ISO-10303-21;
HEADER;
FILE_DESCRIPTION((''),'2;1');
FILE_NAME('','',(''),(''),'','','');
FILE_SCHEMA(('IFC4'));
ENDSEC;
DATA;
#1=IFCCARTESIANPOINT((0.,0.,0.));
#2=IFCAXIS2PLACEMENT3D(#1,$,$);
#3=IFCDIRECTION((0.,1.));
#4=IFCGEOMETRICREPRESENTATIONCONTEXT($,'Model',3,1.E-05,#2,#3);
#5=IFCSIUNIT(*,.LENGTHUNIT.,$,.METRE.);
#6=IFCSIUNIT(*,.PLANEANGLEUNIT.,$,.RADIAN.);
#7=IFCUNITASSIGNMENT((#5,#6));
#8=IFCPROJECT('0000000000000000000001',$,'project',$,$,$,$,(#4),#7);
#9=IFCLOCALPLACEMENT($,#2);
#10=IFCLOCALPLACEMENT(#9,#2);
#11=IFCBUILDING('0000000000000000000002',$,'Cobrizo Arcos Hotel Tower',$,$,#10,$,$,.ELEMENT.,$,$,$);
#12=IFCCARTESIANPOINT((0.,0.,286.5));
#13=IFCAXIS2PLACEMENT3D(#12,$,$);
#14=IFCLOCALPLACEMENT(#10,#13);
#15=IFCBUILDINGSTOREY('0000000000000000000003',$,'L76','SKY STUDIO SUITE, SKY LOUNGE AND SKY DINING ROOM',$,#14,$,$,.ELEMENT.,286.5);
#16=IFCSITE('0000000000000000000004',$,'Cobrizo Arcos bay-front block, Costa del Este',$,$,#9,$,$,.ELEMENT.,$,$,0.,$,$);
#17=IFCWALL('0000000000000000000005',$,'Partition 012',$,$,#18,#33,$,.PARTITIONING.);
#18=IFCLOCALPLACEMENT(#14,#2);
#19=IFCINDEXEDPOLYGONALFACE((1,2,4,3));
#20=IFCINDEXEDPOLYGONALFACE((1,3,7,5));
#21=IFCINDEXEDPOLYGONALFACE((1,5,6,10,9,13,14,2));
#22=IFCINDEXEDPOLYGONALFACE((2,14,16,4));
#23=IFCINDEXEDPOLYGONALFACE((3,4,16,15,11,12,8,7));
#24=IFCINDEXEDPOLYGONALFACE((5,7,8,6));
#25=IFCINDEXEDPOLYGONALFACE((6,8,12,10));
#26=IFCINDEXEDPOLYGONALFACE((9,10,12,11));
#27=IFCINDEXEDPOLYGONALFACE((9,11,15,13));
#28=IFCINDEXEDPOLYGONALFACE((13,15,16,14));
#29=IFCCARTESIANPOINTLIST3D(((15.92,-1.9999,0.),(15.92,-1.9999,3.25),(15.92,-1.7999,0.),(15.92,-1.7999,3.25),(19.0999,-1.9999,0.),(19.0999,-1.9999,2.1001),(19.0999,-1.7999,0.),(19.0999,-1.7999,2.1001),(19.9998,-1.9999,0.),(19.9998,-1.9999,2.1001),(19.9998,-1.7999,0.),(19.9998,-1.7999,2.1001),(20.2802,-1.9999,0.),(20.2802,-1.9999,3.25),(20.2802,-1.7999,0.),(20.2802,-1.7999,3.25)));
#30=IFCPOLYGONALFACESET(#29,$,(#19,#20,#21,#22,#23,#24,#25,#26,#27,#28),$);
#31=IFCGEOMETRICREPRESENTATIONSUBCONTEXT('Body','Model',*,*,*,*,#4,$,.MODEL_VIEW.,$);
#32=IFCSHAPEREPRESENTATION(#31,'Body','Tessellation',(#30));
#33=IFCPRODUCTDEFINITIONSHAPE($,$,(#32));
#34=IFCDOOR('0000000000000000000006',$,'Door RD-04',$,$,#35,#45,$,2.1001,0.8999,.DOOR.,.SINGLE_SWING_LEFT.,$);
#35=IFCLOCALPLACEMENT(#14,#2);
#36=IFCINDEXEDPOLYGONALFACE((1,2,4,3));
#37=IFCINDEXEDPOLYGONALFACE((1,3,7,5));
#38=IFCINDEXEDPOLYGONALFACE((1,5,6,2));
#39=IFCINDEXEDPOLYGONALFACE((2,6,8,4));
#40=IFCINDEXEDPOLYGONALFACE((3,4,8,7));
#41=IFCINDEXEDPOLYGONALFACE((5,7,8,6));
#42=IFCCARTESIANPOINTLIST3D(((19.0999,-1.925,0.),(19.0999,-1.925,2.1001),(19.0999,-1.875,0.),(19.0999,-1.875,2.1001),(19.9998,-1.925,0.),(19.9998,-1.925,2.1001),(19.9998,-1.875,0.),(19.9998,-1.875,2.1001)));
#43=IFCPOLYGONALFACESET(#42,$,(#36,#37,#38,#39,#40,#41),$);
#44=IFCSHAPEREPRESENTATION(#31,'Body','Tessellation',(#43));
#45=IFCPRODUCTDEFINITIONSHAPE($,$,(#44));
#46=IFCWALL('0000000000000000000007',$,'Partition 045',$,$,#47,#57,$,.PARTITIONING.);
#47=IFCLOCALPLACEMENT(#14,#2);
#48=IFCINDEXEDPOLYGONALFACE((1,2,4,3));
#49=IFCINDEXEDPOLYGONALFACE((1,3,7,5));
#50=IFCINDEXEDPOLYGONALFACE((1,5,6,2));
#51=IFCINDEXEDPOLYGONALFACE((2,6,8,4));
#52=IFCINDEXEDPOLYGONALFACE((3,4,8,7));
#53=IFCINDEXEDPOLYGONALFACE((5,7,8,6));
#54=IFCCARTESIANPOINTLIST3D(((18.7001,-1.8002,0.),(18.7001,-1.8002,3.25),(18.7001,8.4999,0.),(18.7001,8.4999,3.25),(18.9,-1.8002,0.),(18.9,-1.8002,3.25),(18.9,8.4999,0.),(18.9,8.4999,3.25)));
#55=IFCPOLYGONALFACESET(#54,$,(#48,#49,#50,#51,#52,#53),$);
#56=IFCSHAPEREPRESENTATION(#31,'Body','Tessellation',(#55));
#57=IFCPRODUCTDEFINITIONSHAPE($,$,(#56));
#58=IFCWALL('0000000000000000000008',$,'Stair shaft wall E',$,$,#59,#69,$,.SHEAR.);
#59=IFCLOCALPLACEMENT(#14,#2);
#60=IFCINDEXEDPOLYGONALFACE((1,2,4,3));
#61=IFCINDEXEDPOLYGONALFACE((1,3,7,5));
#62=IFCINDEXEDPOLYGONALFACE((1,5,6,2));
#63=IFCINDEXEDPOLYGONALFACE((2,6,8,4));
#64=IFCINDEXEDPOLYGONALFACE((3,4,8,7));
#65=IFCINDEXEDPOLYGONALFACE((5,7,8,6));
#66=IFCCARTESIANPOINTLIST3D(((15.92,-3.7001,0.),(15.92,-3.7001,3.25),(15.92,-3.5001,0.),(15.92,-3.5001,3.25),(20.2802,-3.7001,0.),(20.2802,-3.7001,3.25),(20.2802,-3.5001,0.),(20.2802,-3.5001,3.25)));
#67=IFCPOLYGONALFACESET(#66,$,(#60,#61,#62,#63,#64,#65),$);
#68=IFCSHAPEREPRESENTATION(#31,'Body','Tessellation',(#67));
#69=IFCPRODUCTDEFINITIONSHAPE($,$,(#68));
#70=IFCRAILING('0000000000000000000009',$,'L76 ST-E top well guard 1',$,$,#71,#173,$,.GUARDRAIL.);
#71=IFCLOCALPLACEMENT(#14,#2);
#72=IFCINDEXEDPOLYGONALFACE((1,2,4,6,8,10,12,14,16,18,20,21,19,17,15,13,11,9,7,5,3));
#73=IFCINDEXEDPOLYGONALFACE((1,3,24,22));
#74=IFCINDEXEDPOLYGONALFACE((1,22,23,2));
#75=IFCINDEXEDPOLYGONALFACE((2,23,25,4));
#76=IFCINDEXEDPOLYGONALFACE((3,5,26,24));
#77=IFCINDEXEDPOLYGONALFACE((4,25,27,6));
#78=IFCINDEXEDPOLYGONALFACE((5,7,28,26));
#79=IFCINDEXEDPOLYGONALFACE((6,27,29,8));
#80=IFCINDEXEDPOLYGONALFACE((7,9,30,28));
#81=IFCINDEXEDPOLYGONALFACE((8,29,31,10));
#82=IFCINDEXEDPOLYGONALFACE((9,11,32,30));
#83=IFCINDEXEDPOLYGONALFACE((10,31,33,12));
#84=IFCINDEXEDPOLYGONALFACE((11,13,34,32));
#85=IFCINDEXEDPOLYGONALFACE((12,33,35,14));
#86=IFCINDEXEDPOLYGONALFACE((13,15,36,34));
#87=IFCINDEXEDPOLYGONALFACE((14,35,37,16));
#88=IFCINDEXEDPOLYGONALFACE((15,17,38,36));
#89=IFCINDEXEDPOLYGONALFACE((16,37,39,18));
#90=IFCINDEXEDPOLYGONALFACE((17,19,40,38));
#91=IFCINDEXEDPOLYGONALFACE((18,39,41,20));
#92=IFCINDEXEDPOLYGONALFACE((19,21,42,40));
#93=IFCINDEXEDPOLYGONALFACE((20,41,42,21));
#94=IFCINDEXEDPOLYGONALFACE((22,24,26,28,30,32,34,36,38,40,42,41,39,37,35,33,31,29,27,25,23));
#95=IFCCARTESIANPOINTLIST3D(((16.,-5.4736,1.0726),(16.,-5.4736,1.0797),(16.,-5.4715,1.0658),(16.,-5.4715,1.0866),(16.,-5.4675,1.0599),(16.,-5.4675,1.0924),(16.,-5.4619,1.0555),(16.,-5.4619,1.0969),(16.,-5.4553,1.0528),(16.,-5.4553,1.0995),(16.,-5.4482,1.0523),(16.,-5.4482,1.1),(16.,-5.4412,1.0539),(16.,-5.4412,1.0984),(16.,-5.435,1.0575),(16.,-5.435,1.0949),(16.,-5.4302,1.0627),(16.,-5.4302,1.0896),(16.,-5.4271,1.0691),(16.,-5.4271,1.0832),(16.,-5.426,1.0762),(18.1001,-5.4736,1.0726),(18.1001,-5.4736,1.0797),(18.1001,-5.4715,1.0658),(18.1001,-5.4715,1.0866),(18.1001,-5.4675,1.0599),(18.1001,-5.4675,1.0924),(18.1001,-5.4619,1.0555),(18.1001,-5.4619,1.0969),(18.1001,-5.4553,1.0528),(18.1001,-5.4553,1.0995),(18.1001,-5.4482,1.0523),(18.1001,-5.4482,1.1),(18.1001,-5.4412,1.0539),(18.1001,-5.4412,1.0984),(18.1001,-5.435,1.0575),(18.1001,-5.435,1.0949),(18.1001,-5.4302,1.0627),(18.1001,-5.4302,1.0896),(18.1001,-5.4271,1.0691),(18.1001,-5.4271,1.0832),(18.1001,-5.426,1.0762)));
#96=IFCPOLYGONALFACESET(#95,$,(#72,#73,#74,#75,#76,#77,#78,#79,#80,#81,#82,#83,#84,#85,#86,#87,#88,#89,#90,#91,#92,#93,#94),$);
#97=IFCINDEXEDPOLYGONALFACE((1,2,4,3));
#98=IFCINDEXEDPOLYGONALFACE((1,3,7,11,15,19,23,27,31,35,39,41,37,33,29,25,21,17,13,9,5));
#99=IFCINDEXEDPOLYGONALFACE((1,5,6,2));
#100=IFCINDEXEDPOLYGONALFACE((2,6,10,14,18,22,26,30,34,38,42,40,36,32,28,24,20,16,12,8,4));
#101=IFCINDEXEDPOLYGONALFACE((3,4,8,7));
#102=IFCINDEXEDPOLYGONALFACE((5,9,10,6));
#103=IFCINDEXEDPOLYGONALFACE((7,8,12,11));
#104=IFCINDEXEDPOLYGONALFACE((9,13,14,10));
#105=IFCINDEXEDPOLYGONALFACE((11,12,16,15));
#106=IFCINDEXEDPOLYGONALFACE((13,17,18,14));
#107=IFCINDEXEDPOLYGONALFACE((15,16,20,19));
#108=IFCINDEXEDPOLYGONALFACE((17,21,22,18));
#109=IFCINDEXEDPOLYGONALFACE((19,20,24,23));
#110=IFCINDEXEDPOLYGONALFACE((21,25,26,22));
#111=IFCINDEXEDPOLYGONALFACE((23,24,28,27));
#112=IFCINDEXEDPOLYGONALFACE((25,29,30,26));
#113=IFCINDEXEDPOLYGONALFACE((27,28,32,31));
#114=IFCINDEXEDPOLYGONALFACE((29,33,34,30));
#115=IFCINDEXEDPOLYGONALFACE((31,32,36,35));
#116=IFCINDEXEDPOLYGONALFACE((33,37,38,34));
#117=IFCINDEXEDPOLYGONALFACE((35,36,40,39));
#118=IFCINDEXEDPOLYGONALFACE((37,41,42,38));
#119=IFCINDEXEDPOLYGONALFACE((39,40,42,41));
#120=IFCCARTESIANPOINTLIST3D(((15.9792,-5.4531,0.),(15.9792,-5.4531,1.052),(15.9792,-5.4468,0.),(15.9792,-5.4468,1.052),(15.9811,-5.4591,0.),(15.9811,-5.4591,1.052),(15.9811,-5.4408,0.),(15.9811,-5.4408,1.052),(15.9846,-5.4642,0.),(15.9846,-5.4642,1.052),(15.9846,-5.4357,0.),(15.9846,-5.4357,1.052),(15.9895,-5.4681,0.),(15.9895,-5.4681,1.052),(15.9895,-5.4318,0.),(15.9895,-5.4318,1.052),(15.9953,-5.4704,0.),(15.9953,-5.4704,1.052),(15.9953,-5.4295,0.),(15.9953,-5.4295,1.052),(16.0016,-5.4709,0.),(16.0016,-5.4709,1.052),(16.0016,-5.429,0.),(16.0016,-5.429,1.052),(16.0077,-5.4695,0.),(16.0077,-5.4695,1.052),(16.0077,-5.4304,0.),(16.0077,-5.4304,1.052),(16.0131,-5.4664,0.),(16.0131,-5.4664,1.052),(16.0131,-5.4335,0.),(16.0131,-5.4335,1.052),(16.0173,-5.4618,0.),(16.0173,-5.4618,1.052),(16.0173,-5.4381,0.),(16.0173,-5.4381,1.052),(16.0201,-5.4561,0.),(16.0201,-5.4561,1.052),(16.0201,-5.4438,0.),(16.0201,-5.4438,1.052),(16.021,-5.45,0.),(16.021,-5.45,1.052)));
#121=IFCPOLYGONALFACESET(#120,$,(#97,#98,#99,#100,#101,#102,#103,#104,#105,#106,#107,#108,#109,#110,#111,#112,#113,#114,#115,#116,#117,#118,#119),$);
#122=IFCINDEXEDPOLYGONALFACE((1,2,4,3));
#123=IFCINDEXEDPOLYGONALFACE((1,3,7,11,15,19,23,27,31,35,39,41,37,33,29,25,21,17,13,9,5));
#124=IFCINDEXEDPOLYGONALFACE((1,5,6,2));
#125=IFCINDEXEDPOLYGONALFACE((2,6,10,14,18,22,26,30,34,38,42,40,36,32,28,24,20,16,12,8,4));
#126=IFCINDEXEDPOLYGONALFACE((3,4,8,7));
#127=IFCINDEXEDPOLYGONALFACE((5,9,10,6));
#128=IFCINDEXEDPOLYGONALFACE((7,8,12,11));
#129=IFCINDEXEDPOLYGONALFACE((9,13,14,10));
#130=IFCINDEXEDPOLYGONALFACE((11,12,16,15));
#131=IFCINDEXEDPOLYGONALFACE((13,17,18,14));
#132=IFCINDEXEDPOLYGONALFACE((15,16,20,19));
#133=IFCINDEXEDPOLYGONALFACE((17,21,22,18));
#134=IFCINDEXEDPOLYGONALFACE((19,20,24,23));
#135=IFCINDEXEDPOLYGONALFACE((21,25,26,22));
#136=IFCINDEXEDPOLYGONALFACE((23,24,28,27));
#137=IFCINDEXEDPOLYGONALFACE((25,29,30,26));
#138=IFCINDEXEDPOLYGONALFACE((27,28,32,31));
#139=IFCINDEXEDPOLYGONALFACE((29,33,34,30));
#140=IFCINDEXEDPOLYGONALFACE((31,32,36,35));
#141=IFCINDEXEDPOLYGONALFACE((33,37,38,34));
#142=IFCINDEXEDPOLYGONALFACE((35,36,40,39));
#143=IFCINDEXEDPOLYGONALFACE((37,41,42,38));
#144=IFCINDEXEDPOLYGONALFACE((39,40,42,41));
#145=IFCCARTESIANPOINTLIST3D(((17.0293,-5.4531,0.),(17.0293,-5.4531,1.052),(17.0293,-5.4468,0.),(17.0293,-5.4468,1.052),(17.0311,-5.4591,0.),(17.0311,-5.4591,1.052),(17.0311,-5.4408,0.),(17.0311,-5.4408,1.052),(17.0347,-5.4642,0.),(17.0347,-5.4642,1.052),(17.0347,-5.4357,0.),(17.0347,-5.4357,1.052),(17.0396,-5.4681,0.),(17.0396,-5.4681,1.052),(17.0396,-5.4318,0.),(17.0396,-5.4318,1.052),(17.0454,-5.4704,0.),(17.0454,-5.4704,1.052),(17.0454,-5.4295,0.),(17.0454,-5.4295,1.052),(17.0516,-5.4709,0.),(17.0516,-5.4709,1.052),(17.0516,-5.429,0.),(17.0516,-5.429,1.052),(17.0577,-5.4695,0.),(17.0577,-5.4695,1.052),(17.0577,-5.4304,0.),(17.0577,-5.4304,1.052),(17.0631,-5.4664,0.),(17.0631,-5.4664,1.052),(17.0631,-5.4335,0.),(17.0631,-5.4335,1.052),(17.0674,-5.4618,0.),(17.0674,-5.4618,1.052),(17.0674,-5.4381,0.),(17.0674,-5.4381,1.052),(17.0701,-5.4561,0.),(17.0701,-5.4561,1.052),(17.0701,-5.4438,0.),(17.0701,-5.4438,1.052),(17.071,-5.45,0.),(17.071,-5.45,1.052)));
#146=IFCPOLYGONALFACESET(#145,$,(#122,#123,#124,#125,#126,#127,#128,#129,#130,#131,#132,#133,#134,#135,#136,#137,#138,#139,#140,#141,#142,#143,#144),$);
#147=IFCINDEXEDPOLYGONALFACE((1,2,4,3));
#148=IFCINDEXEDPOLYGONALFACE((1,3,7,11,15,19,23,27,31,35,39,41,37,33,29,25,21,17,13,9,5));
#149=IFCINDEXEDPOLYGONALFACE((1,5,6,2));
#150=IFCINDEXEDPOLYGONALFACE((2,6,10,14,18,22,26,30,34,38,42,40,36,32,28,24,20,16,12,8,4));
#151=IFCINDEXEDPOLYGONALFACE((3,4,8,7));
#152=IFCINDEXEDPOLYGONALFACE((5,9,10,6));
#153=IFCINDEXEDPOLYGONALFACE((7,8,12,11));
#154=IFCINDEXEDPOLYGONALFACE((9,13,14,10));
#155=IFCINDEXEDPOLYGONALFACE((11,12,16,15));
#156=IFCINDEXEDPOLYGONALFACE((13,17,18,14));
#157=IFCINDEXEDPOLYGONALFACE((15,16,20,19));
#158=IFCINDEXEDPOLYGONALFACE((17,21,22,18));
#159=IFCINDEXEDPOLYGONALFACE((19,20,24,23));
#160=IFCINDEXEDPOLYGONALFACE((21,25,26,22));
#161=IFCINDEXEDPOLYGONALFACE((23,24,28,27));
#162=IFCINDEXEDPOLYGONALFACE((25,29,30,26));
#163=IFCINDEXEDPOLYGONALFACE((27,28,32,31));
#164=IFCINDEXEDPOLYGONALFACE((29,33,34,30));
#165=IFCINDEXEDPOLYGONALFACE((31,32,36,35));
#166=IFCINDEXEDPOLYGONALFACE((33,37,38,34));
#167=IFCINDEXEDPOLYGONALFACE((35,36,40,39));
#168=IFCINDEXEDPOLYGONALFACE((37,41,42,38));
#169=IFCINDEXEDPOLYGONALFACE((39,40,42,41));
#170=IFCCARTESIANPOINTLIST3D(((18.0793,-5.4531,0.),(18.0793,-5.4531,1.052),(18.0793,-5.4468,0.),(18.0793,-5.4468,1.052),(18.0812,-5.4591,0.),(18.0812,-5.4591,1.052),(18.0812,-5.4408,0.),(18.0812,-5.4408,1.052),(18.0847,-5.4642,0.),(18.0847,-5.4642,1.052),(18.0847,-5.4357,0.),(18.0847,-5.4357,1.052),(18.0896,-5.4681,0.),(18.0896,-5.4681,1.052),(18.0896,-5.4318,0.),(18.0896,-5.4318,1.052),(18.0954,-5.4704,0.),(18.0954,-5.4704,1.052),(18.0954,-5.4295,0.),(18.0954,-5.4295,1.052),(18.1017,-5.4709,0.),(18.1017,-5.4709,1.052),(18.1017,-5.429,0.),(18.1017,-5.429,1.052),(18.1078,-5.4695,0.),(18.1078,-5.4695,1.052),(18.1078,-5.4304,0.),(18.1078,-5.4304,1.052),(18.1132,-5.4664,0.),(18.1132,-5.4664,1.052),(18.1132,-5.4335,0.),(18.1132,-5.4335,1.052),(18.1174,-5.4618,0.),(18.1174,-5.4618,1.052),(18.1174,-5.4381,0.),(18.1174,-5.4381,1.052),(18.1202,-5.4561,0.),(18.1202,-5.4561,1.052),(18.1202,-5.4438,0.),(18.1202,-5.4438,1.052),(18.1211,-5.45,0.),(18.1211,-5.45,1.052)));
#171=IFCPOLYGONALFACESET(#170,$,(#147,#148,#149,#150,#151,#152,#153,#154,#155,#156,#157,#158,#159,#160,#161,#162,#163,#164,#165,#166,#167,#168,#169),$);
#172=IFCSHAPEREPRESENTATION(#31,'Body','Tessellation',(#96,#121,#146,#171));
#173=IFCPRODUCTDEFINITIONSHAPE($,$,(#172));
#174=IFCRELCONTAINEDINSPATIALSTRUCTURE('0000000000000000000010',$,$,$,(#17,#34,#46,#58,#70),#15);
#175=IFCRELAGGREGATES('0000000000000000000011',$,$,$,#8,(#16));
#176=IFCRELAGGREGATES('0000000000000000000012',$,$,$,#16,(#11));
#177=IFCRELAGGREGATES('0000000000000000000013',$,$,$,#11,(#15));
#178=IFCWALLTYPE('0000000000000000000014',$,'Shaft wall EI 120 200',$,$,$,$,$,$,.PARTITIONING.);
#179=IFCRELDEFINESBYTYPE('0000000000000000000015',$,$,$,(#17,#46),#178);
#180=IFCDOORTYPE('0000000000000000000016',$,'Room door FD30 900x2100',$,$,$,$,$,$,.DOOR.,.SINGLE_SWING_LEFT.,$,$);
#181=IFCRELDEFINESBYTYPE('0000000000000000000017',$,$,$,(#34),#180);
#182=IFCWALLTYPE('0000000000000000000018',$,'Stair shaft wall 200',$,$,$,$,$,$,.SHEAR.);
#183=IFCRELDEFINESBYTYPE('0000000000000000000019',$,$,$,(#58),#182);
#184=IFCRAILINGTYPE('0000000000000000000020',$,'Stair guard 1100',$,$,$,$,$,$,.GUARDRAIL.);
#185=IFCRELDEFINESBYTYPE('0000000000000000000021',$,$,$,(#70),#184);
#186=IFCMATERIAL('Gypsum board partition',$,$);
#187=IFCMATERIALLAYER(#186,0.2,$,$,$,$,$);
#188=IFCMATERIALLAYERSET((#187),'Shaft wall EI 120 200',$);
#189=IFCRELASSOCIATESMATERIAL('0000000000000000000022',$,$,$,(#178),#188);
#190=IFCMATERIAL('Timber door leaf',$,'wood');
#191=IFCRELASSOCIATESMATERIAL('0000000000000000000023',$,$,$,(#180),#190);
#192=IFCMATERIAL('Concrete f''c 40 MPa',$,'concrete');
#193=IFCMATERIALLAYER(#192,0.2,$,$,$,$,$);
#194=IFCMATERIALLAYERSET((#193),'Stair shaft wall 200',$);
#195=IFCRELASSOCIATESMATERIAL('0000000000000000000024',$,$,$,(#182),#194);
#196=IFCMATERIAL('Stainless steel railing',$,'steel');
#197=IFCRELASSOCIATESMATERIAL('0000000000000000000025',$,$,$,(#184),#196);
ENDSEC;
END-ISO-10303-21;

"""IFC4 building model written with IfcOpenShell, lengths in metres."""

from ifc_helpers import new_model, si_unit, direction, frame, frame_2d, origin, origin_2d, place, context, subcontext, project, spatial, rectangle, circle, extrude, material, layer, layer_set, type_object, element, fill, save


model = new_model("IFC4")

# Units and contexts
model_context = context("Model", 3, precision=1e-05, world=origin(), true_north=direction((0.0, 1.0)))
body_context = subcontext(model_context, "Body", "Model", "MODEL_VIEW")
ifc_project = project(units=[si_unit("LENGTHUNIT", "METRE"), si_unit("PLANEANGLEUNIT", "RADIAN")], contexts=[model_context])

# Site, building, storey
site_placement = place(None, origin())
site = spatial("IfcSite", under=ifc_project, at=site_placement, Name="Cobrizo Arcos bay-front block, Costa del Este", CompositionType="ELEMENT", RefElevation=0.0)
building_placement = place(site_placement, origin())
building = spatial("IfcBuilding", under=site, at=building_placement, Name="Cobrizo Arcos Hotel Tower", CompositionType="ELEMENT")
storey_placement = place(building_placement, frame((0.0, 0.0, 286.5)))
storey = spatial("IfcBuildingStorey", under=building, at=storey_placement, Name="L76", Description="SKY STUDIO SUITE, SKY LOUNGE AND SKY DINING ROOM", CompositionType="ELEMENT", Elevation=286.5)

# Shared definitions
ifc_material_1 = material(Name="Concrete f'c 40 MPa", Category="concrete")

# Wall, opening, door
ifc_material_2 = material(Name="Gypsum board partition")
ifc_layer_1 = layer(ifc_material_2, 0.2)
ifc_layer_set_1 = layer_set([ifc_layer_1], Name="Shaft wall EI 120 200")
wall_type_1 = type_object("IfcWallType", Name="Shaft wall EI 120 200", PredefinedType="PARTITIONING", material=ifc_layer_set_1)
wall_1_placement = place(storey_placement, frame((15.9199, -1.8999, 0.0), z_axis=(0.0, 0.0, 1.0), x_axis=(1.0, 0.0, 0.0)))
wall_1 = element("IfcWall", 1, at=wall_1_placement, inside=storey, type_object=wall_type_1, Name="Partition 012", PredefinedType="PARTITIONING", context=body_context, shape_type="SweptSolid", body=[
    extrude(rectangle(XDim=4.3601, YDim=0.2, at=frame_2d((2.1802, 0.0))), origin(), (0.0, 0.0, 1.0), 3.25),
])
opening_placement = place(wall_1_placement, frame((3.1799, 0.0, 0.0)))
opening = element("IfcOpeningElement", 2, at=opening_placement, cuts=wall_1, PredefinedType="OPENING", context=body_context, shape_type="SweptSolid", body=[
    extrude(rectangle(XDim=0.8999, YDim=2.1001, at=frame_2d((0.45, 1.05))), frame((0.0, 0.1121, 0.0), z_axis=(0.0, -1.0, 0.0), x_axis=(1.0, 0.0, 0.0)), (0.0, 0.0, 1.0), 0.2239),
])
ifc_material_3 = material(Name="Timber door leaf", Category="wood")
door_type = type_object("IfcDoorType", Name="Room door FD30 900x2100", OperationType="SINGLE_SWING_LEFT", PredefinedType="DOOR", material=ifc_material_3)
door_placement = place(opening_placement, origin())
door = element("IfcDoor", 3, at=door_placement, inside=storey, type_object=door_type, Name="Door RD-04", OperationType="SINGLE_SWING_LEFT", OverallHeight=2.1001, OverallWidth=0.8999, PredefinedType="DOOR", context=body_context, shape_type="SweptSolid", body=[
    extrude(rectangle(XDim=0.8999, YDim=2.1001, at=frame_2d((0.45, 1.05))), frame((0.0, 0.0249, 0.0), z_axis=(0.0, -1.0, 0.0), x_axis=(1.0, 0.0, 0.0)), (0.0, 0.0, 1.0), 0.05),
])
fill(opening, door)

# Walls
wall_2_placement = place(storey_placement, frame((18.8, -1.8, 0.0), z_axis=(0.0, 0.0, 1.0), x_axis=(0.0, 1.0, 0.0)))
element("IfcWall", 4, at=wall_2_placement, inside=storey, type_object=wall_type_1, Name="Partition 045", PredefinedType="PARTITIONING", context=body_context, shape_type="SweptSolid", body=[
    extrude(rectangle(XDim=10.3, YDim=0.2, at=frame_2d((5.1499, 0.0))), origin(), (0.0, 0.0, 1.0), 3.25),
])
ifc_layer_2 = layer(ifc_material_1, 0.2)
ifc_layer_set_2 = layer_set([ifc_layer_2], Name="Stair shaft wall 200")
wall_type_2 = type_object("IfcWallType", Name="Stair shaft wall 200", PredefinedType="SHEAR", material=ifc_layer_set_2)
wall_3_placement = place(storey_placement, frame((15.9199, -3.6001, 0.0), z_axis=(0.0, 0.0, 1.0), x_axis=(1.0, 0.0, 0.0)))
element("IfcWall", 5, at=wall_3_placement, inside=storey, type_object=wall_type_2, Name="Stair shaft wall E", PredefinedType="SHEAR", context=body_context, shape_type="SweptSolid", body=[
    extrude(rectangle(XDim=4.3601, YDim=0.2, at=frame_2d((2.1802, 0.0))), origin(), (0.0, 0.0, 1.0), 3.25),
])

# Railing
ifc_material_4 = material(Name="Stainless steel railing", Category="steel")
railing_type = type_object("IfcRailingType", Name="Stair guard 1100", PredefinedType="GUARDRAIL", material=ifc_material_4)
railing_placement = place(storey_placement, frame((16.0, -5.45, 0.0)))
element("IfcRailing", 6, at=railing_placement, inside=storey, type_object=railing_type, Name="L76 ST-E top well guard 1", PredefinedType="GUARDRAIL", context=body_context, shape_type="SweptSolid", body=[
    extrude(circle(Radius=0.0239, at=origin_2d()), frame((0.0, 0.0, 1.0762), z_axis=(1.0, 0.0, 0.0), x_axis=(0.0, 1.0, 0.0)), (0.0, 0.0, 1.0), 2.1001),
    extrude(circle(Radius=0.021, at=origin_2d()), origin(), (0.0, 0.0, 1.0), 1.052),
    extrude(circle(Radius=0.021, at=origin_2d()), frame((1.05, 0.0, 0.0)), (0.0, 0.0, 1.0), 1.052),
    extrude(circle(Radius=0.021, at=origin_2d()), frame((2.1001, 0.0, 0.0)), (0.0, 0.0, 1.0), 1.052),
])

save(model, "model.ifc")
